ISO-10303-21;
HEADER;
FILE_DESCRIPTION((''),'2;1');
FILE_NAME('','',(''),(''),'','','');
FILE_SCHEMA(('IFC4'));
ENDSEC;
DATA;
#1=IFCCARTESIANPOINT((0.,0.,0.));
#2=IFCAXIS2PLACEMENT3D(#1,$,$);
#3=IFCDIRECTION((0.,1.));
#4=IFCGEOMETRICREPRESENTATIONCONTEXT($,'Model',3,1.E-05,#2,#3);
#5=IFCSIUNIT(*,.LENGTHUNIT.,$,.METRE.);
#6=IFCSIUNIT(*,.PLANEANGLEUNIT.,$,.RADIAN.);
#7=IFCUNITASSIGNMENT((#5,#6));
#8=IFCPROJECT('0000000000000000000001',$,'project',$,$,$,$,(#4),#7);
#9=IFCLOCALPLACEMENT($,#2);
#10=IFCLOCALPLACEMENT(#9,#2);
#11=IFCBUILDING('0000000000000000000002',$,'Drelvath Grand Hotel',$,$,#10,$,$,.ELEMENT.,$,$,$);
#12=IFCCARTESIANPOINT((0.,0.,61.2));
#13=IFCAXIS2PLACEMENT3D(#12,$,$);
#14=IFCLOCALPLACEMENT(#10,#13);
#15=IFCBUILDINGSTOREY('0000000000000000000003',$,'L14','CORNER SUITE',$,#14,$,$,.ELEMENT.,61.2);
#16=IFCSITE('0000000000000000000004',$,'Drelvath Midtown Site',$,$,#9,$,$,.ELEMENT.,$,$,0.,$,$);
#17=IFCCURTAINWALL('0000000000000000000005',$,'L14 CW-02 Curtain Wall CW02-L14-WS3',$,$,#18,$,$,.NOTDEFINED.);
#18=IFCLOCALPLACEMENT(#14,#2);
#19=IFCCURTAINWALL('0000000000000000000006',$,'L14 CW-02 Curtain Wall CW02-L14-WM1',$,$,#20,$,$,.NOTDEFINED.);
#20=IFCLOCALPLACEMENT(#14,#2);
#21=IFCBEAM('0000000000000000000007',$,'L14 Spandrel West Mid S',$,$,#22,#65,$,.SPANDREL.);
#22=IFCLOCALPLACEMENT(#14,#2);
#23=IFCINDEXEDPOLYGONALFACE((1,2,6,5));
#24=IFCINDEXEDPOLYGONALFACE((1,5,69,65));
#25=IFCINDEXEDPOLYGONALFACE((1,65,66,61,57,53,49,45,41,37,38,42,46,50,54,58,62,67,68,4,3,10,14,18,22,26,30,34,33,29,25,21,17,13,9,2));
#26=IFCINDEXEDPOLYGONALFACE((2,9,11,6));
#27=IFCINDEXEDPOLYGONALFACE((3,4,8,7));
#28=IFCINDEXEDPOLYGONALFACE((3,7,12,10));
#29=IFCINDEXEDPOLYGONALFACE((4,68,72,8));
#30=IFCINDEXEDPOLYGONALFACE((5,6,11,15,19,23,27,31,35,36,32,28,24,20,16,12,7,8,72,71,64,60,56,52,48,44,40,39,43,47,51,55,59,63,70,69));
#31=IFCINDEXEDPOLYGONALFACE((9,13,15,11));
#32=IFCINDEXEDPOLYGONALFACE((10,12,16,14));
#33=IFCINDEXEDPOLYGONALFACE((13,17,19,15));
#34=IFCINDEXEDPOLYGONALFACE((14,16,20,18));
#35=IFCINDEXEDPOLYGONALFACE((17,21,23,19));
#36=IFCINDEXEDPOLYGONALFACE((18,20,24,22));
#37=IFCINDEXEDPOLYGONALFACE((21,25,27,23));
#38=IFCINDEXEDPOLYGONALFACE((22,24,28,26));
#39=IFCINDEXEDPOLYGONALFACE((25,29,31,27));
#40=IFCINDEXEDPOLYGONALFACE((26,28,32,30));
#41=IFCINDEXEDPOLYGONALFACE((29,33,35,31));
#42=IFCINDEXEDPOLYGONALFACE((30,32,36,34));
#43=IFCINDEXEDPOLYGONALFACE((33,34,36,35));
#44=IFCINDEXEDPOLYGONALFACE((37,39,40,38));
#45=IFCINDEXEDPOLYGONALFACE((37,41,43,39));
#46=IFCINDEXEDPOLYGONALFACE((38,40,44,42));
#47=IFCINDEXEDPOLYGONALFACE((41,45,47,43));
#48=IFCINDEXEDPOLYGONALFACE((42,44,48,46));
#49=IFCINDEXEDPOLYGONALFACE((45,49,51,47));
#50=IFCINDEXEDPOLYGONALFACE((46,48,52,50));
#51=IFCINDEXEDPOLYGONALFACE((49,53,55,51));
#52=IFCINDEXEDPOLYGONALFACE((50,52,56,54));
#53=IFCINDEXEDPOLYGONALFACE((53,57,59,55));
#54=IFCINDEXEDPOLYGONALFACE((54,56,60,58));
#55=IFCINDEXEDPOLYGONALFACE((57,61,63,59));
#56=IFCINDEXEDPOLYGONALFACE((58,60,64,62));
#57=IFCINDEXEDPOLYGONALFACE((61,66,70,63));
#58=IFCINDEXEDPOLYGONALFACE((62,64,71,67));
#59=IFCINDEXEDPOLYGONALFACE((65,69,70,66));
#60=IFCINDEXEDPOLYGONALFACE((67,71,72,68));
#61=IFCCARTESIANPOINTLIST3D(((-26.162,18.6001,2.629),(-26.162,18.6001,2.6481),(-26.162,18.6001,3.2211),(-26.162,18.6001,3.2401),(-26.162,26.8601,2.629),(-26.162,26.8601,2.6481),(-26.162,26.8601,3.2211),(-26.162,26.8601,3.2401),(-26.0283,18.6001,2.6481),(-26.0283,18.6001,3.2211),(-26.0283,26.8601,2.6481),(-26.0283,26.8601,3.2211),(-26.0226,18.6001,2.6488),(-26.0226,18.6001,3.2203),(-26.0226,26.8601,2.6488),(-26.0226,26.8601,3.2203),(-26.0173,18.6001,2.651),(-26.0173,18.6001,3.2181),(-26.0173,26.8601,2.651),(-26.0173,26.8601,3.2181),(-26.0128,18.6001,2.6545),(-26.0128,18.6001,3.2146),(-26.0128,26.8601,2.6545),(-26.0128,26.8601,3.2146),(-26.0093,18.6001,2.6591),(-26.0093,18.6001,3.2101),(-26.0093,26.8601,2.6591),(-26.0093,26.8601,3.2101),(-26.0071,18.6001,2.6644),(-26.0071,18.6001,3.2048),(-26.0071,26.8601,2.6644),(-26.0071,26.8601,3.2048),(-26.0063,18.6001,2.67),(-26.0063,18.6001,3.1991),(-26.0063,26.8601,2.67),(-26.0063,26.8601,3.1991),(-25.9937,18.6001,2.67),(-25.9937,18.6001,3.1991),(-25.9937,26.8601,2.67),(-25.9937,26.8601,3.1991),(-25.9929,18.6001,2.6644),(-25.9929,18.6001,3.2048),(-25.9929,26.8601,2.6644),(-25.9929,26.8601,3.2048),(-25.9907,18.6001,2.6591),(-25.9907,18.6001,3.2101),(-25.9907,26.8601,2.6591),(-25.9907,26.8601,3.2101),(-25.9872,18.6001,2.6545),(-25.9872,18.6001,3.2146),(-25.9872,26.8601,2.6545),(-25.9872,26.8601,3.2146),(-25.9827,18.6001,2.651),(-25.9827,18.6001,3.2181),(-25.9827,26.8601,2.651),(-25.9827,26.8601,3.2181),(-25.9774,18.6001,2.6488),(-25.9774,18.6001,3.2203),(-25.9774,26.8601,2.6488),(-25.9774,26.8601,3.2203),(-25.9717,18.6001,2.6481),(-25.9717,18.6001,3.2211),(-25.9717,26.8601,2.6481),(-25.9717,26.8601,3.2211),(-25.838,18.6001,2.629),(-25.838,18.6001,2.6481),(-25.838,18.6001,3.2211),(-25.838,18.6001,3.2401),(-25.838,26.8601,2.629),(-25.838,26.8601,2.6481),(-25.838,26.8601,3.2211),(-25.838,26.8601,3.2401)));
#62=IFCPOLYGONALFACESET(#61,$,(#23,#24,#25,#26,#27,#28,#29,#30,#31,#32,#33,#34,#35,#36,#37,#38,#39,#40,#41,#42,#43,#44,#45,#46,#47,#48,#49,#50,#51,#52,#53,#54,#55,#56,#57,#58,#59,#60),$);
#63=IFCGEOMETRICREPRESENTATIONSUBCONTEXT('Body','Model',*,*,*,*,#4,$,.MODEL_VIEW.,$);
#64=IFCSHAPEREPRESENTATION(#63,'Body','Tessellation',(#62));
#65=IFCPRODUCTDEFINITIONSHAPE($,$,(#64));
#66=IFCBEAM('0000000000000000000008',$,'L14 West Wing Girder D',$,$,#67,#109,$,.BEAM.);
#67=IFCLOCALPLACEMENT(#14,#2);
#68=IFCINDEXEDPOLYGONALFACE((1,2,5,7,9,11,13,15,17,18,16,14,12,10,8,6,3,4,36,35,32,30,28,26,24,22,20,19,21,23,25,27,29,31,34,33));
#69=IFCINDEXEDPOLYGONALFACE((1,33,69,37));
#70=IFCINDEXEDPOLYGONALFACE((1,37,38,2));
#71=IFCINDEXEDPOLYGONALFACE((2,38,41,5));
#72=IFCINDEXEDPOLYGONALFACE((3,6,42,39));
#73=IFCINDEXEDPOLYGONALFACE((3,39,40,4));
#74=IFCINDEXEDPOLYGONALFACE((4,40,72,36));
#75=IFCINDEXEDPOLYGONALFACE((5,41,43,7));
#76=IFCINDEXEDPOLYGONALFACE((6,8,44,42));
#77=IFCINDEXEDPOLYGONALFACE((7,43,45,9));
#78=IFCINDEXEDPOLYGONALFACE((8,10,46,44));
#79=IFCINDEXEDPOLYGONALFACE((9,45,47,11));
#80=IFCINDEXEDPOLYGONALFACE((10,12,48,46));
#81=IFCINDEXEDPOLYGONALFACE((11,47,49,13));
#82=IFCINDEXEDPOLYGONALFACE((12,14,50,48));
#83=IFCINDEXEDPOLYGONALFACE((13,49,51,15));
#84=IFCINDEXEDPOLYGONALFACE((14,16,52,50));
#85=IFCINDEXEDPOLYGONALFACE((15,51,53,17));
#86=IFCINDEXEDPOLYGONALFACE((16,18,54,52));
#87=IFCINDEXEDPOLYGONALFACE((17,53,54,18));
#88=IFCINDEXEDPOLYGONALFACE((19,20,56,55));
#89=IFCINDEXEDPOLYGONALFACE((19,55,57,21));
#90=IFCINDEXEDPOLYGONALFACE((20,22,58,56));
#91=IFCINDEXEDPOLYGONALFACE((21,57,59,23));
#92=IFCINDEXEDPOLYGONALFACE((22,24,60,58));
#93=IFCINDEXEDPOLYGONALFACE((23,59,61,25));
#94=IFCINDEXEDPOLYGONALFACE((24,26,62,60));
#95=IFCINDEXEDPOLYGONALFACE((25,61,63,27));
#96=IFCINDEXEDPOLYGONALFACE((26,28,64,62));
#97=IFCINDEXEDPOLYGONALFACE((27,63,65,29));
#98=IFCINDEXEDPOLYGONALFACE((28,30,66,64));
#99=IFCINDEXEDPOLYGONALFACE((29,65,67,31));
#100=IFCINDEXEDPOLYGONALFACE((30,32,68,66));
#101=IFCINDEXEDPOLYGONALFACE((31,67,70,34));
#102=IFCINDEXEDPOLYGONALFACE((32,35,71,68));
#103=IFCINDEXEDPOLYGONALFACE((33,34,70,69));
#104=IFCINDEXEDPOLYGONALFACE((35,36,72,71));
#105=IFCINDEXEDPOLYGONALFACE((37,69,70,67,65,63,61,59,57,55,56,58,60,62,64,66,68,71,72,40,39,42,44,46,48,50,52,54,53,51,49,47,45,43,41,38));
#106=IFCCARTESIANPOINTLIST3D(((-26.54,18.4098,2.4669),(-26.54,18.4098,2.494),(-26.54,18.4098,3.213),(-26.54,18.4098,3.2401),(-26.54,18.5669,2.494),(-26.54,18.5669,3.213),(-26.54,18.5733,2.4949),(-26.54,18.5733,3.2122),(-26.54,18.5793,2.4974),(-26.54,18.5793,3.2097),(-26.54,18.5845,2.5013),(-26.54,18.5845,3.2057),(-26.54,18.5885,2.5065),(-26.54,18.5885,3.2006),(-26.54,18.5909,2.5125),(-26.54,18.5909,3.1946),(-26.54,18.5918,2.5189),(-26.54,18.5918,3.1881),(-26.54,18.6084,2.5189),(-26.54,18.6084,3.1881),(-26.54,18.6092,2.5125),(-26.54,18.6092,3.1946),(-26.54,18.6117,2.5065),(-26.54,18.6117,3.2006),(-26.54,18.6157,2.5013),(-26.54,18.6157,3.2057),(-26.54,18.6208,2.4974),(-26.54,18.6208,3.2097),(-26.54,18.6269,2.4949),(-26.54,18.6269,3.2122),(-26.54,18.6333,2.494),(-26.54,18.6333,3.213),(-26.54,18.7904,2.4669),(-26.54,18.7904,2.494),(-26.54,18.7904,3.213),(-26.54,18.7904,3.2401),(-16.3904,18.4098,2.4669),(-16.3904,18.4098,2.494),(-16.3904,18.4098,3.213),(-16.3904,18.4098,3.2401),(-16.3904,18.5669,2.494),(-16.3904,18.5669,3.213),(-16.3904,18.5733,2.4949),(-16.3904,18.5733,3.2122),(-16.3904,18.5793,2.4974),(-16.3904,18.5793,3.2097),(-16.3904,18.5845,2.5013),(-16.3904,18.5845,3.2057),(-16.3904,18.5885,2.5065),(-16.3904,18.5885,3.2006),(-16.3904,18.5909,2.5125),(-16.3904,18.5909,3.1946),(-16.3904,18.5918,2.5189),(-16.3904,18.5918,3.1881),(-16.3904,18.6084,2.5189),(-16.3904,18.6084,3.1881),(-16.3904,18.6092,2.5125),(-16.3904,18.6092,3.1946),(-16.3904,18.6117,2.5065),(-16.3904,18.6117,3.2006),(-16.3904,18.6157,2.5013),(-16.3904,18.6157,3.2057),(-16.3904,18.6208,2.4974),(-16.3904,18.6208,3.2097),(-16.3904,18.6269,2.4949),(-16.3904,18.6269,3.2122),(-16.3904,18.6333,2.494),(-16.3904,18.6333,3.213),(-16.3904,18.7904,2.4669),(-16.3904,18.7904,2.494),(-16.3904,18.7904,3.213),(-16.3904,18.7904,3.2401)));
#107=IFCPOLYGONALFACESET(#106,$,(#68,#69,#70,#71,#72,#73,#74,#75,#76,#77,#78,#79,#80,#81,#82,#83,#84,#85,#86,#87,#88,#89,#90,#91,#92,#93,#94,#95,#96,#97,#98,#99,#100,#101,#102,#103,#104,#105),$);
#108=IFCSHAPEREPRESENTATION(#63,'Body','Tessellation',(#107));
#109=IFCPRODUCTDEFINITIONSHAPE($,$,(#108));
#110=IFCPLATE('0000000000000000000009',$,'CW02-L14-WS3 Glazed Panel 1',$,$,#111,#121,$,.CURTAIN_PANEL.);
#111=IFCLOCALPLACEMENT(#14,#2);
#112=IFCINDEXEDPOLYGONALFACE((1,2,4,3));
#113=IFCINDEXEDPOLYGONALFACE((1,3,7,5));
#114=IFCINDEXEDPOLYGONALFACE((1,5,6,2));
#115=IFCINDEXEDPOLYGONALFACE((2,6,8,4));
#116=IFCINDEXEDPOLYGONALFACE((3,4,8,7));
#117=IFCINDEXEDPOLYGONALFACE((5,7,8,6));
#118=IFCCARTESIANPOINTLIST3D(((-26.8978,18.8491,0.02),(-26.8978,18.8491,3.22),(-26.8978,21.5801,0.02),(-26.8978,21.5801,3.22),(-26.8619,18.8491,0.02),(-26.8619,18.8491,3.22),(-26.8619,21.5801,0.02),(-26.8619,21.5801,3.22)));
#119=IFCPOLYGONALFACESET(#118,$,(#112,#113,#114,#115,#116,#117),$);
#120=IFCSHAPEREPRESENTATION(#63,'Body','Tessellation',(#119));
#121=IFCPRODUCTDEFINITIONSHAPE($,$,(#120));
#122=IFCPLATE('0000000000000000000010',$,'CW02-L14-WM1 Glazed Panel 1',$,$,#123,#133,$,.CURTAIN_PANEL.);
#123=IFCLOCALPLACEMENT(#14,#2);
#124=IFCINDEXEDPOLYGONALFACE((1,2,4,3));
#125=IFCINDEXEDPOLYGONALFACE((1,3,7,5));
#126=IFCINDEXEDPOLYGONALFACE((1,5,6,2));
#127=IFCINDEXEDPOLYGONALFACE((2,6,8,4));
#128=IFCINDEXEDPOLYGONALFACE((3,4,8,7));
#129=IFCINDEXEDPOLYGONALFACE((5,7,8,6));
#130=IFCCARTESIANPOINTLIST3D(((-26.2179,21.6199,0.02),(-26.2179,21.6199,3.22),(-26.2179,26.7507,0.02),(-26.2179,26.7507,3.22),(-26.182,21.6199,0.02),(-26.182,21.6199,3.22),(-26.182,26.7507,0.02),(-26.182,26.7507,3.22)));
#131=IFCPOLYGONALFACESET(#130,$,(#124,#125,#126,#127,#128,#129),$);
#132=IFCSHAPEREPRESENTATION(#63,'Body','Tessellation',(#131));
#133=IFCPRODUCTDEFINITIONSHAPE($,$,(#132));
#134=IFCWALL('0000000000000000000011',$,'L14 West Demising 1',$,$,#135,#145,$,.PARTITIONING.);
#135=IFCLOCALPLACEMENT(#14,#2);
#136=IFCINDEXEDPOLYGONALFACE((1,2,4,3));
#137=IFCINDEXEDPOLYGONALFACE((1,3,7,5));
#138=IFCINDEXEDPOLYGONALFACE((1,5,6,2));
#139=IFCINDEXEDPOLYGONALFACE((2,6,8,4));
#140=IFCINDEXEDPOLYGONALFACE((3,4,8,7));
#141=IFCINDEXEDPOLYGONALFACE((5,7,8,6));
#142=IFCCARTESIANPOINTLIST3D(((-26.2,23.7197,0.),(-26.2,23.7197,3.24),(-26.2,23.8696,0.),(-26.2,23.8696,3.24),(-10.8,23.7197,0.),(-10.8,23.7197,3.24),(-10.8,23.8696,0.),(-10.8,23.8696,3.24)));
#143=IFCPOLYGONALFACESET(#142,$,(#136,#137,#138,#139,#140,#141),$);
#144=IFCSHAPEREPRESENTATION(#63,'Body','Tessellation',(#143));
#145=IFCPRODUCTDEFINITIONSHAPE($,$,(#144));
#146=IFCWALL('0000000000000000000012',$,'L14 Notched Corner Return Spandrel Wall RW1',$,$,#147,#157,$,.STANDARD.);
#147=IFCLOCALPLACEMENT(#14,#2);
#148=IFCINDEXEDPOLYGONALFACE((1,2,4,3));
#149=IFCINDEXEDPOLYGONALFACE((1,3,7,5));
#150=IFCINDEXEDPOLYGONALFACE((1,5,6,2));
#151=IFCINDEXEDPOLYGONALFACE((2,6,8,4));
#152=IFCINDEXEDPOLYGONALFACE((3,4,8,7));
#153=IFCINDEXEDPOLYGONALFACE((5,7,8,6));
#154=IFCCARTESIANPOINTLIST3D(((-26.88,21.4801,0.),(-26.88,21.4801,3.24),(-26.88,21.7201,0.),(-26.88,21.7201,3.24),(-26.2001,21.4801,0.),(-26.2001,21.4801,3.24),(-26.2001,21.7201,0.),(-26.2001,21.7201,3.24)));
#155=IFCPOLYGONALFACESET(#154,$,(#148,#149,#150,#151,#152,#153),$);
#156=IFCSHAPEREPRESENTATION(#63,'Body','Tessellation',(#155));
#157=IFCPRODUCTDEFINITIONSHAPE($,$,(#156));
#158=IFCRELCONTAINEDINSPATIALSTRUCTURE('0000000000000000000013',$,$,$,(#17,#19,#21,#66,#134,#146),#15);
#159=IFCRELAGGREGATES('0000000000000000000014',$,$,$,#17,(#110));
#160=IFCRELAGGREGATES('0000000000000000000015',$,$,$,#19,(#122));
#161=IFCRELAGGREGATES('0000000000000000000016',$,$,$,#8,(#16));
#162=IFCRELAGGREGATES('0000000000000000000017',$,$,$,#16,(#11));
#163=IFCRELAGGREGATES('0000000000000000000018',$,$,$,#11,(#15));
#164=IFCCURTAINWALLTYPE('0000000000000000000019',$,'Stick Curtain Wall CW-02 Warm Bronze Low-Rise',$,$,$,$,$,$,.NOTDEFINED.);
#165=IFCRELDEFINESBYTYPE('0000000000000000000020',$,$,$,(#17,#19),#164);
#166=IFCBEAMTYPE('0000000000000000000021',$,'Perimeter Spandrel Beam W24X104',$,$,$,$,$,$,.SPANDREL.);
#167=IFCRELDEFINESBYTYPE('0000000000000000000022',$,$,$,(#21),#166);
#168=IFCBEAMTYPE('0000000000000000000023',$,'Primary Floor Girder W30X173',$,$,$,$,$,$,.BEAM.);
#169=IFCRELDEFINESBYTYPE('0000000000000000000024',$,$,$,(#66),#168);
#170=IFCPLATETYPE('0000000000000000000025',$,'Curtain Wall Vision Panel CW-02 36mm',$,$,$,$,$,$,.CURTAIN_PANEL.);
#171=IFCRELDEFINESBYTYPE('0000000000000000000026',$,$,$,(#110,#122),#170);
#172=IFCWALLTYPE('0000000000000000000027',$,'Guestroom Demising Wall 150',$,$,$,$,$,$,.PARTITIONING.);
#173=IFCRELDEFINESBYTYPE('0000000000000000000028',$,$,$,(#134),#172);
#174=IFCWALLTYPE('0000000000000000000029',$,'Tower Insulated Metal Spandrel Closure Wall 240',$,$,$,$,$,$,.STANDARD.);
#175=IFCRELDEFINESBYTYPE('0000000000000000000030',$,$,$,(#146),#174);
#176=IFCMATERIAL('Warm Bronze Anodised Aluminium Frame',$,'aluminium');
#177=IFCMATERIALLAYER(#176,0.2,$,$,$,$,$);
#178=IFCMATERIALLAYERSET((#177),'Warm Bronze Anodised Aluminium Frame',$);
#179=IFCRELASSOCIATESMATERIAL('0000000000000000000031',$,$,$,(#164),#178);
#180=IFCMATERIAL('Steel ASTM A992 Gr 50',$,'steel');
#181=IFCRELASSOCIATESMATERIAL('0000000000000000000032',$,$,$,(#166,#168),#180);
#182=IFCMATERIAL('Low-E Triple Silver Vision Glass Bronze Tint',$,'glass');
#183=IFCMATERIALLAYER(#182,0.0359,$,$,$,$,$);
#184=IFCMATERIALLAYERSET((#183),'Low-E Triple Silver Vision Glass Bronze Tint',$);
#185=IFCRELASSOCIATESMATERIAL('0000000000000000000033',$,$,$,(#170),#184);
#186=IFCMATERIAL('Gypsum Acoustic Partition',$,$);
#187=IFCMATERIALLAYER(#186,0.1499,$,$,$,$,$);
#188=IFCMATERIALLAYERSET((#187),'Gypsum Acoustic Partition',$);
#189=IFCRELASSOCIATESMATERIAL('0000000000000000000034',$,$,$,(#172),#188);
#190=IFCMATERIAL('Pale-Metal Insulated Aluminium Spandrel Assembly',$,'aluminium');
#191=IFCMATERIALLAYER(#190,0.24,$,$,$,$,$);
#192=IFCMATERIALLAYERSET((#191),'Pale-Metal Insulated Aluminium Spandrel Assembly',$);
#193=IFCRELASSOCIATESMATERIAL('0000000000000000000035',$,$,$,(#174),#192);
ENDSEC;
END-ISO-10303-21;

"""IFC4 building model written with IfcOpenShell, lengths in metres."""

from ifc_helpers import new_model, si_unit, direction, frame, frame_2d, origin, origin_2d, place, context, subcontext, project, spatial, rectangle, i_section, extrude, material, layer, layer_set, material_profile, profile_set, type_object, element, aggregate, save


model = new_model("IFC4")

# Units and contexts
model_context = context("Model", 3, precision=1e-05, world=origin(), true_north=direction((0.0, 1.0)))
body_context = subcontext(model_context, "Body", "Model", "MODEL_VIEW")
ifc_project = project(units=[si_unit("LENGTHUNIT", "METRE"), si_unit("PLANEANGLEUNIT", "RADIAN")], contexts=[model_context])

# Site, building, storey
site_placement = place(None, origin())
site = spatial("IfcSite", under=ifc_project, at=site_placement, Name="Drelvath Midtown Site", CompositionType="ELEMENT", RefElevation=0.0)
building_placement = place(site_placement, origin())
building = spatial("IfcBuilding", under=site, at=building_placement, Name="Drelvath Grand Hotel", CompositionType="ELEMENT")
storey_placement = place(building_placement, frame((0.0, 0.0, 61.2)))
storey = spatial("IfcBuildingStorey", under=building, at=storey_placement, Name="L14", Description="CORNER SUITE", CompositionType="ELEMENT", Elevation=61.2)

# Curtain walls
ifc_material_1 = material(Name="Warm Bronze Anodised Aluminium Frame", Category="aluminium")
ifc_layer_1 = layer(ifc_material_1, 0.2)
ifc_layer_set_1 = layer_set([ifc_layer_1], Name="Warm Bronze Anodised Aluminium Frame")
curtain_wall_type = type_object("IfcCurtainWallType", Name="Stick Curtain Wall CW-02 Warm Bronze Low-Rise", PredefinedType="NOTDEFINED", material=ifc_layer_set_1)
curtain_wall_1_placement = place(storey_placement, origin())
curtain_wall_1 = element("IfcCurtainWall", 1, at=curtain_wall_1_placement, inside=storey, type_object=curtain_wall_type, Name="L14 CW-02 Curtain Wall CW02-L14-WS3", PredefinedType="NOTDEFINED")
curtain_wall_2_placement = place(storey_placement, origin())
curtain_wall_2 = element("IfcCurtainWall", 2, at=curtain_wall_2_placement, inside=storey, type_object=curtain_wall_type, Name="L14 CW-02 Curtain Wall CW02-L14-WM1", PredefinedType="NOTDEFINED")

# Beams
ifc_material_2 = material(Name="Steel ASTM A992 Gr 50", Category="steel")
ifc_material_profile_1 = material_profile(ifc_material_2, i_section(OverallWidth=0.324, OverallDepth=0.6111, WebThickness=0.0127, FlangeThickness=0.019, FilletRadius=0.022, at=origin_2d()), Name="W24X104")
ifc_profile_set_1 = profile_set([ifc_material_profile_1], Name="Steel ASTM A992 Gr 50")
beam_type_1 = type_object("IfcBeamType", Name="Perimeter Spandrel Beam W24X104", PredefinedType="SPANDREL", material=ifc_profile_set_1)
beam_1_placement = place(storey_placement, frame((-26.0, 18.6001, 2.9346), z_axis=(0.0, 1.0, 0.0), x_axis=(-1.0, 0.0, 0.0)))
element("IfcBeam", 3, at=beam_1_placement, inside=storey, type_object=beam_type_1, Name="L14 Spandrel West Mid S", PredefinedType="SPANDREL", context=body_context, shape_type="SweptSolid", body=[
    extrude(i_section(OverallWidth=0.324, OverallDepth=0.6111, WebThickness=0.0127, FlangeThickness=0.019, FilletRadius=0.022, at=origin_2d()), origin(), (0.0, 0.0, 1.0), 8.26),
])
ifc_material_profile_2 = material_profile(ifc_material_2, i_section(OverallWidth=0.3806, OverallDepth=0.7732, WebThickness=0.0166, FlangeThickness=0.0271, FilletRadius=0.0249, at=origin_2d()), Name="W30X173")
ifc_profile_set_2 = profile_set([ifc_material_profile_2], Name="Steel ASTM A992 Gr 50")
beam_type_2 = type_object("IfcBeamType", Name="Primary Floor Girder W30X173", PredefinedType="BEAM", material=ifc_profile_set_2)
beam_2_placement = place(storey_placement, frame((-26.54, 18.6001, 2.8535), z_axis=(1.0, 0.0, 0.0), x_axis=(0.0, 1.0, 0.0)))
element("IfcBeam", 4, at=beam_2_placement, inside=storey, type_object=beam_type_2, Name="L14 West Wing Girder D", PredefinedType="BEAM", context=body_context, shape_type="SweptSolid", body=[
    extrude(i_section(OverallWidth=0.3806, OverallDepth=0.7732, WebThickness=0.0166, FlangeThickness=0.0271, FilletRadius=0.0249, at=origin_2d()), origin(), (0.0, 0.0, 1.0), 10.1497),
])

# Plates
ifc_material_3 = material(Name="Low-E Triple Silver Vision Glass Bronze Tint", Category="glass")
ifc_layer_2 = layer(ifc_material_3, 0.0359)
ifc_layer_set_2 = layer_set([ifc_layer_2], Name="Low-E Triple Silver Vision Glass Bronze Tint")
plate_type = type_object("IfcPlateType", Name="Curtain Wall Vision Panel CW-02 36mm", PredefinedType="CURTAIN_PANEL", material=ifc_layer_set_2)
plate_1_placement = place(storey_placement, frame((-26.8799, 20.2146, 0.02), z_axis=(0.0, 0.0, 1.0), x_axis=(0.0, 1.0, 0.0)))
plate_1 = element("IfcPlate", 5, at=plate_1_placement, type_object=plate_type, Name="CW02-L14-WS3 Glazed Panel 1", PredefinedType="CURTAIN_PANEL", context=body_context, shape_type="SweptSolid", body=[
    extrude(rectangle(XDim=2.731, YDim=0.0359, at=origin_2d()), origin(), (0.0, 0.0, 1.0), 3.2),
])
aggregate(curtain_wall_1, [plate_1])
plate_2_placement = place(storey_placement, frame((-26.2, 24.1853, 0.02), z_axis=(0.0, 0.0, 1.0), x_axis=(0.0, 1.0, 0.0)))
plate_2 = element("IfcPlate", 6, at=plate_2_placement, type_object=plate_type, Name="CW02-L14-WM1 Glazed Panel 1", PredefinedType="CURTAIN_PANEL", context=body_context, shape_type="SweptSolid", body=[
    extrude(rectangle(XDim=5.1309, YDim=0.0359, at=origin_2d()), origin(), (0.0, 0.0, 1.0), 3.2),
])
aggregate(curtain_wall_2, [plate_2])

# Walls
ifc_material_4 = material(Name="Gypsum Acoustic Partition")
ifc_layer_3 = layer(ifc_material_4, 0.1499)
ifc_layer_set_3 = layer_set([ifc_layer_3], Name="Gypsum Acoustic Partition")
wall_type_1 = type_object("IfcWallType", Name="Guestroom Demising Wall 150", PredefinedType="PARTITIONING", material=ifc_layer_set_3)
wall_1_placement = place(storey_placement, frame((-26.2, 23.7947, 0.0), z_axis=(0.0, 0.0, 1.0), x_axis=(1.0, 0.0, 0.0)))
element("IfcWall", 7, at=wall_1_placement, inside=storey, type_object=wall_type_1, Name="L14 West Demising 1", PredefinedType="PARTITIONING", context=body_context, shape_type="SweptSolid", body=[
    extrude(rectangle(XDim=15.3999, YDim=0.1499, at=frame_2d((7.7, 0.0))), origin(), (0.0, 0.0, 1.0), 3.24),
])
ifc_material_5 = material(Name="Pale-Metal Insulated Aluminium Spandrel Assembly", Category="aluminium")
ifc_layer_4 = layer(ifc_material_5, 0.24)
ifc_layer_set_4 = layer_set([ifc_layer_4], Name="Pale-Metal Insulated Aluminium Spandrel Assembly")
wall_type_2 = type_object("IfcWallType", Name="Tower Insulated Metal Spandrel Closure Wall 240", PredefinedType="STANDARD", material=ifc_layer_set_4)
wall_2_placement = place(storey_placement, frame((-26.8799, 21.6001, 0.0), z_axis=(0.0, 0.0, 1.0), x_axis=(1.0, 0.0, 0.0)))
element("IfcWall", 8, at=wall_2_placement, inside=storey, type_object=wall_type_2, Name="L14 Notched Corner Return Spandrel Wall RW1", PredefinedType="STANDARD", context=body_context, shape_type="SweptSolid", body=[
    extrude(rectangle(XDim=0.6799, YDim=0.24, at=frame_2d((0.3398, 0.0))), origin(), (0.0, 0.0, 1.0), 3.24),
])

save(model, "model.ifc")
